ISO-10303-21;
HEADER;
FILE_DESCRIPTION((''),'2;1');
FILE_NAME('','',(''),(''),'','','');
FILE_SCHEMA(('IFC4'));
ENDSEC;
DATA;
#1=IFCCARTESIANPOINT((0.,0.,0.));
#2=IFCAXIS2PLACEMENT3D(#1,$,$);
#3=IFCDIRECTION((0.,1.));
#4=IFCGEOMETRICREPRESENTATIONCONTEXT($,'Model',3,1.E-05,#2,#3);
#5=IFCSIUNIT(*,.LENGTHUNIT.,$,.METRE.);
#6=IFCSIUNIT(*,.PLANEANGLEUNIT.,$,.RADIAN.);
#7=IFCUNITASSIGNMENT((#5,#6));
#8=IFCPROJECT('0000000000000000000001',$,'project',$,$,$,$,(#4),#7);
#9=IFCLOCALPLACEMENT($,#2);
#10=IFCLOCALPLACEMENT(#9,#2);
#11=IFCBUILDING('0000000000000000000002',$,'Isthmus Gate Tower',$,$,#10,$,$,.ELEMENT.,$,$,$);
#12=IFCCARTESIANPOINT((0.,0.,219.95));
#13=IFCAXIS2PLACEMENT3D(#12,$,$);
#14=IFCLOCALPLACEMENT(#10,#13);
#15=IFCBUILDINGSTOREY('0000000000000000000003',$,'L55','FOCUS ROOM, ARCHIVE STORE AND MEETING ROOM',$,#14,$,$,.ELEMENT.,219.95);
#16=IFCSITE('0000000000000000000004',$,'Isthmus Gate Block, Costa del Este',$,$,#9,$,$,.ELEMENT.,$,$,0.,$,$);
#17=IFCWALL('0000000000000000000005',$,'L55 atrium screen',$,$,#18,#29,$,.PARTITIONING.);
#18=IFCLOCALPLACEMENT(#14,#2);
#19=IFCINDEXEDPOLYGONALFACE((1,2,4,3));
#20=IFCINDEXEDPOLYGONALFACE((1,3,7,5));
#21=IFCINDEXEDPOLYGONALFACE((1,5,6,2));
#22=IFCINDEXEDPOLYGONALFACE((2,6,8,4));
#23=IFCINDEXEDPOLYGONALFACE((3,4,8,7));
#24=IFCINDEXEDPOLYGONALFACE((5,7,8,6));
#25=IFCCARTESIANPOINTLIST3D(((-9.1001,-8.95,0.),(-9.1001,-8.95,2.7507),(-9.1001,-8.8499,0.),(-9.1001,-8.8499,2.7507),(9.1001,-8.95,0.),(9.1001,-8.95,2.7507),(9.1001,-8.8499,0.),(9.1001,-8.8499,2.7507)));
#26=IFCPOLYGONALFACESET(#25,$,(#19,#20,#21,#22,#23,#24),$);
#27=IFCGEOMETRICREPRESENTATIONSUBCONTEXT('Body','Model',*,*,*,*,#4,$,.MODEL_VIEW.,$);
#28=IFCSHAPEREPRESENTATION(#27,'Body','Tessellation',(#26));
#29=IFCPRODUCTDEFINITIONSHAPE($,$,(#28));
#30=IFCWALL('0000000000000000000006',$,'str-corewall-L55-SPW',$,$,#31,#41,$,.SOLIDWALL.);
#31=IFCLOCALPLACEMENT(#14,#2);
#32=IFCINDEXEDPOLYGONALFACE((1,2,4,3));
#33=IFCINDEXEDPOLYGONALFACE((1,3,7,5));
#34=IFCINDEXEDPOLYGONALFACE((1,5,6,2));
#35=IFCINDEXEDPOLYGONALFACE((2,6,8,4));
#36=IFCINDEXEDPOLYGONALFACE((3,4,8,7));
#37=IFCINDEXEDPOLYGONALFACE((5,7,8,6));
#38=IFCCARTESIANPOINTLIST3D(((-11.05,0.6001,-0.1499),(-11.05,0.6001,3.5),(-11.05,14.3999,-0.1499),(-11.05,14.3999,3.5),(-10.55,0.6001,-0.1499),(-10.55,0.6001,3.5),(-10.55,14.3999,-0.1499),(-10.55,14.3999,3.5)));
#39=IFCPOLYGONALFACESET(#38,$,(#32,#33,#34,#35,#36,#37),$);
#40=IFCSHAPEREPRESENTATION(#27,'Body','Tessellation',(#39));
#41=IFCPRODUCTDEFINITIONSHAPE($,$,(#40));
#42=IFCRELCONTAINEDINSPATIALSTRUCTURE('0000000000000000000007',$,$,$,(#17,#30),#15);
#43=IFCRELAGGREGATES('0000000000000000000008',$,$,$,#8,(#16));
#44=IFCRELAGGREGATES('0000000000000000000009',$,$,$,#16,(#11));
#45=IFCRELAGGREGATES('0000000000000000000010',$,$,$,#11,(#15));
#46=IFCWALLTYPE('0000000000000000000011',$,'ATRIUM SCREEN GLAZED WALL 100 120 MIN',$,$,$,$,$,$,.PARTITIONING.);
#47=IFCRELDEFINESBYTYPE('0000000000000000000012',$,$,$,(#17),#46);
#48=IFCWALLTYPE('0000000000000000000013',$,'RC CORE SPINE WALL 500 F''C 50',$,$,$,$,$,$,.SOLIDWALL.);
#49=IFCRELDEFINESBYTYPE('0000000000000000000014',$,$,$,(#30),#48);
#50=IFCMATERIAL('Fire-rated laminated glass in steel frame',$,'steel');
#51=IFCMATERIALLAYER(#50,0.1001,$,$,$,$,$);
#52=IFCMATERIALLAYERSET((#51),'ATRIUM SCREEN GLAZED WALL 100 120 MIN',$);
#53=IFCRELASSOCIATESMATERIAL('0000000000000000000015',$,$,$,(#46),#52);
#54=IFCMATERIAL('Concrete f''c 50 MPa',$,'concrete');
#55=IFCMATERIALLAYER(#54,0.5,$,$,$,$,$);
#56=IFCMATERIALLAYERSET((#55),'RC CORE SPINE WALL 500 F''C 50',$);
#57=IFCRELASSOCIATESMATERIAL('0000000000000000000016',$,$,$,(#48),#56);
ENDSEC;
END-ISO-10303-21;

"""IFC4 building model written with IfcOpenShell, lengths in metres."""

from ifc_helpers import new_model, si_unit, direction, frame, frame_2d, origin, place, context, subcontext, project, spatial, rectangle, extrude, material, layer, layer_set, type_object, element, save


model = new_model("IFC4")

# Units and contexts
model_context = context("Model", 3, precision=1e-05, world=origin(), true_north=direction((0.0, 1.0)))
body_context = subcontext(model_context, "Body", "Model", "MODEL_VIEW")
ifc_project = project(units=[si_unit("LENGTHUNIT", "METRE"), si_unit("PLANEANGLEUNIT", "RADIAN")], contexts=[model_context])

# Site, building, storey
site_placement = place(None, origin())
site = spatial("IfcSite", under=ifc_project, at=site_placement, Name="Isthmus Gate Block, Costa del Este", CompositionType="ELEMENT", RefElevation=0.0)
building_placement = place(site_placement, origin())
building = spatial("IfcBuilding", under=site, at=building_placement, Name="Isthmus Gate Tower", CompositionType="ELEMENT")
storey_placement = place(building_placement, frame((0.0, 0.0, 219.95)))
storey = spatial("IfcBuildingStorey", under=building, at=storey_placement, Name="L55", Description="FOCUS ROOM, ARCHIVE STORE AND MEETING ROOM", CompositionType="ELEMENT", Elevation=219.95)

# Walls
ifc_material_1 = material(Name="Fire-rated laminated glass in steel frame", Category="steel")
ifc_layer_1 = layer(ifc_material_1, 0.1001)
ifc_layer_set_1 = layer_set([ifc_layer_1], Name="ATRIUM SCREEN GLAZED WALL 100 120 MIN")
wall_type_1 = type_object("IfcWallType", Name="ATRIUM SCREEN GLAZED WALL 100 120 MIN", PredefinedType="PARTITIONING", material=ifc_layer_set_1)
wall_1_placement = place(storey_placement, frame((-9.1001, -8.8999, 0.0), z_axis=(0.0, 0.0, 1.0), x_axis=(1.0, 0.0, 0.0)))
element("IfcWall", 1, at=wall_1_placement, inside=storey, type_object=wall_type_1, Name="L55 atrium screen", PredefinedType="PARTITIONING", context=body_context, shape_type="SweptSolid", body=[
    extrude(rectangle(XDim=18.2002, YDim=0.1001, at=frame_2d((9.1001, 0.0))), origin(), (0.0, 0.0, 1.0), 2.7507),
])
ifc_material_2 = material(Name="Concrete f'c 50 MPa", Category="concrete")
ifc_layer_2 = layer(ifc_material_2, 0.5)
ifc_layer_set_2 = layer_set([ifc_layer_2], Name="RC CORE SPINE WALL 500 F'C 50")
wall_type_2 = type_object("IfcWallType", Name="RC CORE SPINE WALL 500 F'C 50", PredefinedType="SOLIDWALL", material=ifc_layer_set_2)
wall_2_placement = place(storey_placement, frame((-10.8, 0.6001, -0.1499), z_axis=(0.0, 0.0, 1.0), x_axis=(0.0, 1.0, 0.0)))
element("IfcWall", 2, at=wall_2_placement, inside=storey, type_object=wall_type_2, Name="str-corewall-L55-SPW", PredefinedType="SOLIDWALL", context=body_context, shape_type="SweptSolid", body=[
    extrude(rectangle(XDim=13.7998, YDim=0.5, at=frame_2d((6.8999, 0.0))), origin(), (0.0, 0.0, 1.0), 3.6499),
])

save(model, "model.ifc")
